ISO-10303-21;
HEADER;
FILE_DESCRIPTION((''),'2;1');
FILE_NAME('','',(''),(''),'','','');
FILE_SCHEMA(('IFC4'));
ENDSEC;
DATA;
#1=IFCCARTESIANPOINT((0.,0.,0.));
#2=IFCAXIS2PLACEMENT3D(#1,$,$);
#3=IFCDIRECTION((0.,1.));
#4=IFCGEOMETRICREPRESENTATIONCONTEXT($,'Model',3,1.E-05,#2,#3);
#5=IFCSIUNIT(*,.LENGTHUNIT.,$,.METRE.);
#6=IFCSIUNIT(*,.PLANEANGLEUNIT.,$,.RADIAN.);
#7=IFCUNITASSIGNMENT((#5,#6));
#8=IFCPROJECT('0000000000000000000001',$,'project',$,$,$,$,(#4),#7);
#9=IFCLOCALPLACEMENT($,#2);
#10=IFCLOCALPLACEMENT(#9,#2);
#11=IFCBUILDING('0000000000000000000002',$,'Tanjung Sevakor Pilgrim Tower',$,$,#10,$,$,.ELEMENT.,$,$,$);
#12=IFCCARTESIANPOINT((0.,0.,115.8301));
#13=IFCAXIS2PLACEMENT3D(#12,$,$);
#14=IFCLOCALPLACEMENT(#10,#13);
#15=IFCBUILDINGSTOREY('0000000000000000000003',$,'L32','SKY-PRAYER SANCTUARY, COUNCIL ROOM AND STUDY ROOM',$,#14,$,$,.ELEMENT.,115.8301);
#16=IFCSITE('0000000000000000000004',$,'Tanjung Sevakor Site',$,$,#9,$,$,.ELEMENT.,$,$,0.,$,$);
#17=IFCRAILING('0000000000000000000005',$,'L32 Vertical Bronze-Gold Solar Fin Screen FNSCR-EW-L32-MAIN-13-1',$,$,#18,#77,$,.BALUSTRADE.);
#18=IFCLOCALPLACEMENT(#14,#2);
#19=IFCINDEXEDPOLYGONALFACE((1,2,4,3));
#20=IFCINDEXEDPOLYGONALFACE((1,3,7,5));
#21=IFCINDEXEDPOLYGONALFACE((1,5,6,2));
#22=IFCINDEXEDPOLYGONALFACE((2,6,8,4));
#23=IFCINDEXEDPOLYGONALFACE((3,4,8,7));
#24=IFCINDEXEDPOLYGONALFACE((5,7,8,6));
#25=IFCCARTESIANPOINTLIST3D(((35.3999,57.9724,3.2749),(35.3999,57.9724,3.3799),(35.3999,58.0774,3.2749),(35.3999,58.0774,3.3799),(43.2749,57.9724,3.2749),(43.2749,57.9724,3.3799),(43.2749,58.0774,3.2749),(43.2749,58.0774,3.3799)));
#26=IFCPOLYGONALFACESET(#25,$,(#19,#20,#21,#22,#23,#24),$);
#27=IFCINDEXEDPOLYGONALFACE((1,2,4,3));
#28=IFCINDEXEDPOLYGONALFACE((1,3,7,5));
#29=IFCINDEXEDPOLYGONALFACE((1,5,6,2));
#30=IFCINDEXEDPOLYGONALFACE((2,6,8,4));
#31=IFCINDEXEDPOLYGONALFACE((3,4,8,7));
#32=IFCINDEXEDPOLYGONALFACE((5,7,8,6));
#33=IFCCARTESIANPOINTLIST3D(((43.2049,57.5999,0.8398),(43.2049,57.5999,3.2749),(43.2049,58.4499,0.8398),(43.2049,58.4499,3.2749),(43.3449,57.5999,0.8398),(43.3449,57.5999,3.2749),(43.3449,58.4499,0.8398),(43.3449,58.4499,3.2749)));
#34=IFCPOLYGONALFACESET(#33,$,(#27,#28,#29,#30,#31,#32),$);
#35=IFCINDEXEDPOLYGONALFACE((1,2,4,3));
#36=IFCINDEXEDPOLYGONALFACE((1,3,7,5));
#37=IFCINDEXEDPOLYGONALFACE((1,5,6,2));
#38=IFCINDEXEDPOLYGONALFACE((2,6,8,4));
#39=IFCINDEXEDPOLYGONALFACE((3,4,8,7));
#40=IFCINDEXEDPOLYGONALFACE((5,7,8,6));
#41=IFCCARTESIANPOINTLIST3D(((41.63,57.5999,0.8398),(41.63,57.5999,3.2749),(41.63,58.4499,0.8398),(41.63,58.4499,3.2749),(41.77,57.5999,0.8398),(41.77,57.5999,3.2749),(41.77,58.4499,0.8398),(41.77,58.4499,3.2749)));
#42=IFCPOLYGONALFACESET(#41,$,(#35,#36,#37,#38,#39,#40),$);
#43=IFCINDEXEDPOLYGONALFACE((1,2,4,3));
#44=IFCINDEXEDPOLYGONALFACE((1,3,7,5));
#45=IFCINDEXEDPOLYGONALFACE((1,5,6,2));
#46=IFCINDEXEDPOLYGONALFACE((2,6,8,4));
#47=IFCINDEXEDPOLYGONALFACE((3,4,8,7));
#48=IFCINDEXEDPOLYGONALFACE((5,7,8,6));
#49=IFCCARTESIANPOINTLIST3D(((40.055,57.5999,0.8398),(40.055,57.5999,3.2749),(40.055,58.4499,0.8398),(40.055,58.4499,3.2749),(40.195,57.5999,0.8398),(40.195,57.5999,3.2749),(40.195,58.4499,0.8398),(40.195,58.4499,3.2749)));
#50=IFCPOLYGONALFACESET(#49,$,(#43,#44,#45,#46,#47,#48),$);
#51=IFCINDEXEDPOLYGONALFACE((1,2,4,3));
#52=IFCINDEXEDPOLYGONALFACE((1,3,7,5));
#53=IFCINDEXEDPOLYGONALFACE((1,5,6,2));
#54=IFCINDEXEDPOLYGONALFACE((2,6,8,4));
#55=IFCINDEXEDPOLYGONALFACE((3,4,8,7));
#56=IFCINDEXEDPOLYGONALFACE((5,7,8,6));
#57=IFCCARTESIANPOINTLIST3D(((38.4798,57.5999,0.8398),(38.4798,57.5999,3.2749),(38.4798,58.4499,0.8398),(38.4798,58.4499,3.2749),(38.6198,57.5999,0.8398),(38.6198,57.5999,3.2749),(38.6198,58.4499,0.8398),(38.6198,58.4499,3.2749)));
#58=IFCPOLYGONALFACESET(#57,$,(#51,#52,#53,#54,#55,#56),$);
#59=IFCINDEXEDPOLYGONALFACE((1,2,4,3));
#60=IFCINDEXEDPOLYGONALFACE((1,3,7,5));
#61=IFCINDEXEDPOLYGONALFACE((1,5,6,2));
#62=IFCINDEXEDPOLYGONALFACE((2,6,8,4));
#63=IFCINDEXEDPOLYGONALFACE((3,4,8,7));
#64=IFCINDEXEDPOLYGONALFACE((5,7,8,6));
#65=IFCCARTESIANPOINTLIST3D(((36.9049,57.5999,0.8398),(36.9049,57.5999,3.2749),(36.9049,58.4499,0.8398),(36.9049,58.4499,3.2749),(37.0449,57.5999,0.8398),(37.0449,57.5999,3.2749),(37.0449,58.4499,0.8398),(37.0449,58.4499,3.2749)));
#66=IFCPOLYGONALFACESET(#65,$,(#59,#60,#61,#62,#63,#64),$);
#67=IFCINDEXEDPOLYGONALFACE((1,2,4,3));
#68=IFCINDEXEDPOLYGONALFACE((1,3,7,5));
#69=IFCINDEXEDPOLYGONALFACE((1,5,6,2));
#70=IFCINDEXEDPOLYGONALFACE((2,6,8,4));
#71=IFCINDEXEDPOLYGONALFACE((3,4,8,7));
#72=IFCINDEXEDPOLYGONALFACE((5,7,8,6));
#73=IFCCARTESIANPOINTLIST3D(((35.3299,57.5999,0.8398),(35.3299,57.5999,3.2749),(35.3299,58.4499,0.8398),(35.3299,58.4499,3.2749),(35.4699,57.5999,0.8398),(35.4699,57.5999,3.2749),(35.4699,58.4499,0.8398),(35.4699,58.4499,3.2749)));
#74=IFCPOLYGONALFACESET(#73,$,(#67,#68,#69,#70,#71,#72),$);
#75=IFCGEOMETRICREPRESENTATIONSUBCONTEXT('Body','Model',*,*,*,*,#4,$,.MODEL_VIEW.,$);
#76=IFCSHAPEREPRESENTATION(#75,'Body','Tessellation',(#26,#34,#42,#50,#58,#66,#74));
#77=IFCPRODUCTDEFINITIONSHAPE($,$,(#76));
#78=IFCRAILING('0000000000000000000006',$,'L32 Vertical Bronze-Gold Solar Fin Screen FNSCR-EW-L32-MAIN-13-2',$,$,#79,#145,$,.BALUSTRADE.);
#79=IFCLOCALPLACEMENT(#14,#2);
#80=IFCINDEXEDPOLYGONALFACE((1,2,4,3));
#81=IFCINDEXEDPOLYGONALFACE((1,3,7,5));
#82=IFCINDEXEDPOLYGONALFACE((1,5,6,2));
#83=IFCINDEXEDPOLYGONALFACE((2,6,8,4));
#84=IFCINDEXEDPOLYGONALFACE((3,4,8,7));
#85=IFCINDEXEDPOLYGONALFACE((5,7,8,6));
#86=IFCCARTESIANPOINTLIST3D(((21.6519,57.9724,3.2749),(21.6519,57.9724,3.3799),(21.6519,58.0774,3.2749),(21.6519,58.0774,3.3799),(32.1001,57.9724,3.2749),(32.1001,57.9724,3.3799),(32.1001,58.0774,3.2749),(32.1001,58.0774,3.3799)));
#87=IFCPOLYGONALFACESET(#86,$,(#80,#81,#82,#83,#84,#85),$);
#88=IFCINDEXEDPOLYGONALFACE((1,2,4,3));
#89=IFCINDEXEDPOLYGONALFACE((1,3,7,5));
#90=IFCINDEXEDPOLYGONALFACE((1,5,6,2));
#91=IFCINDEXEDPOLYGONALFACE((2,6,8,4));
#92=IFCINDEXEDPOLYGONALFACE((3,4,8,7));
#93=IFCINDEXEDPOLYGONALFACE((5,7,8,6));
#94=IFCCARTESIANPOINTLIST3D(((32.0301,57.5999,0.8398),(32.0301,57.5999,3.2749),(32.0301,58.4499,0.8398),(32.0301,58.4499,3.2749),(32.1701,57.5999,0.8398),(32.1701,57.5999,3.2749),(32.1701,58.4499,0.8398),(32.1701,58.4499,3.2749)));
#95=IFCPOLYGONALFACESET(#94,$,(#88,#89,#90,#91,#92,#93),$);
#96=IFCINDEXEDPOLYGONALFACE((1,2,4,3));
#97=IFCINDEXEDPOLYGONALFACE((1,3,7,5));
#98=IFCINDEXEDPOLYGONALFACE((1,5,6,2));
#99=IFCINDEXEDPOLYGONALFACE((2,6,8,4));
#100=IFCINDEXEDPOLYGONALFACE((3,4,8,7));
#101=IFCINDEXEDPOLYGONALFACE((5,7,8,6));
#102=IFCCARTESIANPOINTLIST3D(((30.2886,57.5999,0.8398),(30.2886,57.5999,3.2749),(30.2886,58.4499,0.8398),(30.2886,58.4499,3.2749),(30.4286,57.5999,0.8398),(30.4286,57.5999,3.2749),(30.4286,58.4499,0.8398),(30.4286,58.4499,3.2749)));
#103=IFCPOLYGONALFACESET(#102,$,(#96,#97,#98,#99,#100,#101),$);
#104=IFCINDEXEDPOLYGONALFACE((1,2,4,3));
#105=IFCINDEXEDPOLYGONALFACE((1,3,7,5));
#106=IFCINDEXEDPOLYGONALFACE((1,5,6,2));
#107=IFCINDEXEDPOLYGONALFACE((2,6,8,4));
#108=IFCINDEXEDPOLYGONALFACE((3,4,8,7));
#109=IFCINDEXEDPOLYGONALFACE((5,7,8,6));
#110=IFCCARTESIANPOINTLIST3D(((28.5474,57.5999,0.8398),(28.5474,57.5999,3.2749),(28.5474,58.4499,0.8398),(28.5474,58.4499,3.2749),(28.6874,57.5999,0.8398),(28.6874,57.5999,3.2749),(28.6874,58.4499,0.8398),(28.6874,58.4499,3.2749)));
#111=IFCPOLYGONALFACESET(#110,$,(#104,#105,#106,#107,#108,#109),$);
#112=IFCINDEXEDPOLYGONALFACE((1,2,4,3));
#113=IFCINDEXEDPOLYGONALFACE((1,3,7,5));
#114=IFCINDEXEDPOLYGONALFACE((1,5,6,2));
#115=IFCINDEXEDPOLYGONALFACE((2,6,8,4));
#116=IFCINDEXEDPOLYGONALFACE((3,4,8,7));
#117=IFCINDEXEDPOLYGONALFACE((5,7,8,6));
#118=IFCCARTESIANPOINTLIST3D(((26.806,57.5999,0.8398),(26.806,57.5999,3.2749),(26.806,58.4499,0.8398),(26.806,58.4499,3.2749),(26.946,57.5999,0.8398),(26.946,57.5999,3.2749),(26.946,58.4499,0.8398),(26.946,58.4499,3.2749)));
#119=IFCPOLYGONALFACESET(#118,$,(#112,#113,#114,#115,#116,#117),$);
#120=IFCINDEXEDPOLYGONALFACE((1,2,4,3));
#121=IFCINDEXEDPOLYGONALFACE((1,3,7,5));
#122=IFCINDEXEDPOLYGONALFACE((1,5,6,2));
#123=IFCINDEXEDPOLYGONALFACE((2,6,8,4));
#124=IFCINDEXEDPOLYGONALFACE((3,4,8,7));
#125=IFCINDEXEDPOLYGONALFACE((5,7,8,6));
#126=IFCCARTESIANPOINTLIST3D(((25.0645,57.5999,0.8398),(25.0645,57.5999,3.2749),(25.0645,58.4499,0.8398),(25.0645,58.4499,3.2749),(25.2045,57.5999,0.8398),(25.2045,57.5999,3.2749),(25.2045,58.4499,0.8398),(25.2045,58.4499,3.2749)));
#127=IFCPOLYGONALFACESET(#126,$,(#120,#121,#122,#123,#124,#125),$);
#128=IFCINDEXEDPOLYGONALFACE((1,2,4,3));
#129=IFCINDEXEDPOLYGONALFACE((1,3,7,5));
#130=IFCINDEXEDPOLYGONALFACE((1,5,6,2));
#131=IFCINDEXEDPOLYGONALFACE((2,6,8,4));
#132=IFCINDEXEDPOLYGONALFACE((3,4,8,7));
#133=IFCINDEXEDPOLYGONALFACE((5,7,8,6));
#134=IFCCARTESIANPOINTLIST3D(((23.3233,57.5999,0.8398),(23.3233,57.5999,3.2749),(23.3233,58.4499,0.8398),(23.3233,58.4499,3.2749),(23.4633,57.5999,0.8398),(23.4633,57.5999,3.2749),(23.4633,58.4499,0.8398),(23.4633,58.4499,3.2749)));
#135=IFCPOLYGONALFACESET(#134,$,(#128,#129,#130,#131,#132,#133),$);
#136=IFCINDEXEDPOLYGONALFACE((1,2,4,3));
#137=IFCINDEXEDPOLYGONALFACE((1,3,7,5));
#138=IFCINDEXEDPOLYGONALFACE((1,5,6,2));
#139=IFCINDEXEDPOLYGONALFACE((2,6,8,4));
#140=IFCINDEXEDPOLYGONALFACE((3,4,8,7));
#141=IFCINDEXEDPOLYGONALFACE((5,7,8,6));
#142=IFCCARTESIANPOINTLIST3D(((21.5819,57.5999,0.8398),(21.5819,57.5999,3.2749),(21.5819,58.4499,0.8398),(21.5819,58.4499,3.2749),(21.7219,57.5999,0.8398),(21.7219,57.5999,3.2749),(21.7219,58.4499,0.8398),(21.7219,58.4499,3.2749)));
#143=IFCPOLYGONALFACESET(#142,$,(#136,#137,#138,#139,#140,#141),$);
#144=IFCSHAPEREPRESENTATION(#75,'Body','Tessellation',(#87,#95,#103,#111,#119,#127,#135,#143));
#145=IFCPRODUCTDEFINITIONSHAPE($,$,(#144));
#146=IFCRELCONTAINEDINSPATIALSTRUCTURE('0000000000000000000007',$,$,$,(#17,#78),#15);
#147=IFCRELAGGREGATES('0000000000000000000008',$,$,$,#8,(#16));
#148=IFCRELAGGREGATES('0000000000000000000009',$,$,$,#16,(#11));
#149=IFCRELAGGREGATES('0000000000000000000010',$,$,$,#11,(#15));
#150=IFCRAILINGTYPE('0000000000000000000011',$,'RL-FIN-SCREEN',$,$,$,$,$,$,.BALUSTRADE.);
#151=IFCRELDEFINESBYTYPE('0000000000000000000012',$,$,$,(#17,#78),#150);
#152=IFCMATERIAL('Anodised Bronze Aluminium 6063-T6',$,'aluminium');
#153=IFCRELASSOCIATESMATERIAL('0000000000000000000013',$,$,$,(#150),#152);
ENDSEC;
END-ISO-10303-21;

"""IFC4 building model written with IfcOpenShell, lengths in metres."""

from ifc_helpers import new_model, si_unit, direction, frame, origin, place, context, subcontext, project, spatial, rectangle, extrude, material, type_object, element, save


model = new_model("IFC4")

# Units and contexts
model_context = context("Model", 3, precision=1e-05, world=origin(), true_north=direction((0.0, 1.0)))
body_context = subcontext(model_context, "Body", "Model", "MODEL_VIEW")
ifc_project = project(units=[si_unit("LENGTHUNIT", "METRE"), si_unit("PLANEANGLEUNIT", "RADIAN")], contexts=[model_context])

# Site, building, storey
site_placement = place(None, origin())
site = spatial("IfcSite", under=ifc_project, at=site_placement, Name="Tanjung Sevakor Site", CompositionType="ELEMENT", RefElevation=0.0)
building_placement = place(site_placement, origin())
building = spatial("IfcBuilding", under=site, at=building_placement, Name="Tanjung Sevakor Pilgrim Tower", CompositionType="ELEMENT")
storey_placement = place(building_placement, frame((0.0, 0.0, 115.8301)))
storey = spatial("IfcBuildingStorey", under=building, at=storey_placement, Name="L32", Description="SKY-PRAYER SANCTUARY, COUNCIL ROOM AND STUDY ROOM", CompositionType="ELEMENT", Elevation=115.8301)

# Railings
ifc_material_1 = material(Name="Anodised Bronze Aluminium 6063-T6", Category="aluminium")
railing_type = type_object("IfcRailingType", Name="RL-FIN-SCREEN", PredefinedType="BALUSTRADE", material=ifc_material_1)
railing_1_placement = place(storey_placement, frame((43.2749, 58.0249, 0.8398)))
element("IfcRailing", 1, at=railing_1_placement, inside=storey, type_object=railing_type, Name="L32 Vertical Bronze-Gold Solar Fin Screen FNSCR-EW-L32-MAIN-13-1", PredefinedType="BALUSTRADE", context=body_context, shape_type="SweptSolid", body=[
    extrude(rectangle(XDim=0.105, YDim=0.105), frame((0.0, 0.0, 2.4875), z_axis=(-1.0, 0.0, 0.0), x_axis=(0.0, -1.0, 0.0)), (0.0, 0.0, 1.0), 7.875),
    extrude(rectangle(XDim=0.14, YDim=0.85), origin(), (0.0, 0.0, 1.0), 2.4351),
    extrude(rectangle(XDim=0.14, YDim=0.85), frame((-1.575, 0.0, 0.0)), (0.0, 0.0, 1.0), 2.4351),
    extrude(rectangle(XDim=0.14, YDim=0.85), frame((-3.1499, 0.0, 0.0)), (0.0, 0.0, 1.0), 2.4351),
    extrude(rectangle(XDim=0.14, YDim=0.85), frame((-4.7251, 0.0, 0.0)), (0.0, 0.0, 1.0), 2.4351),
    extrude(rectangle(XDim=0.14, YDim=0.85), frame((-6.3, 0.0, 0.0)), (0.0, 0.0, 1.0), 2.4351),
    extrude(rectangle(XDim=0.14, YDim=0.85), frame((-7.875, 0.0, 0.0)), (0.0, 0.0, 1.0), 2.4351),
])
railing_2_placement = place(storey_placement, frame((32.1001, 58.0249, 0.8398)))
element("IfcRailing", 2, at=railing_2_placement, inside=storey, type_object=railing_type, Name="L32 Vertical Bronze-Gold Solar Fin Screen FNSCR-EW-L32-MAIN-13-2", PredefinedType="BALUSTRADE", context=body_context, shape_type="SweptSolid", body=[
    extrude(rectangle(XDim=0.105, YDim=0.105), frame((0.0, 0.0, 2.4875), z_axis=(-1.0, 0.0, 0.0), x_axis=(0.0, -1.0, 0.0)), (0.0, 0.0, 1.0), 10.4482),
    extrude(rectangle(XDim=0.14, YDim=0.85), origin(), (0.0, 0.0, 1.0), 2.4351),
    extrude(rectangle(XDim=0.14, YDim=0.85), frame((-1.7415, 0.0, 0.0)), (0.0, 0.0, 1.0), 2.4351),
    extrude(rectangle(XDim=0.14, YDim=0.85), frame((-3.4827, 0.0, 0.0)), (0.0, 0.0, 1.0), 2.4351),
    extrude(rectangle(XDim=0.14, YDim=0.85), frame((-5.2241, 0.0, 0.0)), (0.0, 0.0, 1.0), 2.4351),
    extrude(rectangle(XDim=0.14, YDim=0.85), frame((-6.9656, 0.0, 0.0)), (0.0, 0.0, 1.0), 2.4351),
    extrude(rectangle(XDim=0.14, YDim=0.85), frame((-8.7068, 0.0, 0.0)), (0.0, 0.0, 1.0), 2.4351),
    extrude(rectangle(XDim=0.14, YDim=0.85), frame((-10.4482, 0.0, 0.0)), (0.0, 0.0, 1.0), 2.4351),
])

save(model, "model.ifc")
